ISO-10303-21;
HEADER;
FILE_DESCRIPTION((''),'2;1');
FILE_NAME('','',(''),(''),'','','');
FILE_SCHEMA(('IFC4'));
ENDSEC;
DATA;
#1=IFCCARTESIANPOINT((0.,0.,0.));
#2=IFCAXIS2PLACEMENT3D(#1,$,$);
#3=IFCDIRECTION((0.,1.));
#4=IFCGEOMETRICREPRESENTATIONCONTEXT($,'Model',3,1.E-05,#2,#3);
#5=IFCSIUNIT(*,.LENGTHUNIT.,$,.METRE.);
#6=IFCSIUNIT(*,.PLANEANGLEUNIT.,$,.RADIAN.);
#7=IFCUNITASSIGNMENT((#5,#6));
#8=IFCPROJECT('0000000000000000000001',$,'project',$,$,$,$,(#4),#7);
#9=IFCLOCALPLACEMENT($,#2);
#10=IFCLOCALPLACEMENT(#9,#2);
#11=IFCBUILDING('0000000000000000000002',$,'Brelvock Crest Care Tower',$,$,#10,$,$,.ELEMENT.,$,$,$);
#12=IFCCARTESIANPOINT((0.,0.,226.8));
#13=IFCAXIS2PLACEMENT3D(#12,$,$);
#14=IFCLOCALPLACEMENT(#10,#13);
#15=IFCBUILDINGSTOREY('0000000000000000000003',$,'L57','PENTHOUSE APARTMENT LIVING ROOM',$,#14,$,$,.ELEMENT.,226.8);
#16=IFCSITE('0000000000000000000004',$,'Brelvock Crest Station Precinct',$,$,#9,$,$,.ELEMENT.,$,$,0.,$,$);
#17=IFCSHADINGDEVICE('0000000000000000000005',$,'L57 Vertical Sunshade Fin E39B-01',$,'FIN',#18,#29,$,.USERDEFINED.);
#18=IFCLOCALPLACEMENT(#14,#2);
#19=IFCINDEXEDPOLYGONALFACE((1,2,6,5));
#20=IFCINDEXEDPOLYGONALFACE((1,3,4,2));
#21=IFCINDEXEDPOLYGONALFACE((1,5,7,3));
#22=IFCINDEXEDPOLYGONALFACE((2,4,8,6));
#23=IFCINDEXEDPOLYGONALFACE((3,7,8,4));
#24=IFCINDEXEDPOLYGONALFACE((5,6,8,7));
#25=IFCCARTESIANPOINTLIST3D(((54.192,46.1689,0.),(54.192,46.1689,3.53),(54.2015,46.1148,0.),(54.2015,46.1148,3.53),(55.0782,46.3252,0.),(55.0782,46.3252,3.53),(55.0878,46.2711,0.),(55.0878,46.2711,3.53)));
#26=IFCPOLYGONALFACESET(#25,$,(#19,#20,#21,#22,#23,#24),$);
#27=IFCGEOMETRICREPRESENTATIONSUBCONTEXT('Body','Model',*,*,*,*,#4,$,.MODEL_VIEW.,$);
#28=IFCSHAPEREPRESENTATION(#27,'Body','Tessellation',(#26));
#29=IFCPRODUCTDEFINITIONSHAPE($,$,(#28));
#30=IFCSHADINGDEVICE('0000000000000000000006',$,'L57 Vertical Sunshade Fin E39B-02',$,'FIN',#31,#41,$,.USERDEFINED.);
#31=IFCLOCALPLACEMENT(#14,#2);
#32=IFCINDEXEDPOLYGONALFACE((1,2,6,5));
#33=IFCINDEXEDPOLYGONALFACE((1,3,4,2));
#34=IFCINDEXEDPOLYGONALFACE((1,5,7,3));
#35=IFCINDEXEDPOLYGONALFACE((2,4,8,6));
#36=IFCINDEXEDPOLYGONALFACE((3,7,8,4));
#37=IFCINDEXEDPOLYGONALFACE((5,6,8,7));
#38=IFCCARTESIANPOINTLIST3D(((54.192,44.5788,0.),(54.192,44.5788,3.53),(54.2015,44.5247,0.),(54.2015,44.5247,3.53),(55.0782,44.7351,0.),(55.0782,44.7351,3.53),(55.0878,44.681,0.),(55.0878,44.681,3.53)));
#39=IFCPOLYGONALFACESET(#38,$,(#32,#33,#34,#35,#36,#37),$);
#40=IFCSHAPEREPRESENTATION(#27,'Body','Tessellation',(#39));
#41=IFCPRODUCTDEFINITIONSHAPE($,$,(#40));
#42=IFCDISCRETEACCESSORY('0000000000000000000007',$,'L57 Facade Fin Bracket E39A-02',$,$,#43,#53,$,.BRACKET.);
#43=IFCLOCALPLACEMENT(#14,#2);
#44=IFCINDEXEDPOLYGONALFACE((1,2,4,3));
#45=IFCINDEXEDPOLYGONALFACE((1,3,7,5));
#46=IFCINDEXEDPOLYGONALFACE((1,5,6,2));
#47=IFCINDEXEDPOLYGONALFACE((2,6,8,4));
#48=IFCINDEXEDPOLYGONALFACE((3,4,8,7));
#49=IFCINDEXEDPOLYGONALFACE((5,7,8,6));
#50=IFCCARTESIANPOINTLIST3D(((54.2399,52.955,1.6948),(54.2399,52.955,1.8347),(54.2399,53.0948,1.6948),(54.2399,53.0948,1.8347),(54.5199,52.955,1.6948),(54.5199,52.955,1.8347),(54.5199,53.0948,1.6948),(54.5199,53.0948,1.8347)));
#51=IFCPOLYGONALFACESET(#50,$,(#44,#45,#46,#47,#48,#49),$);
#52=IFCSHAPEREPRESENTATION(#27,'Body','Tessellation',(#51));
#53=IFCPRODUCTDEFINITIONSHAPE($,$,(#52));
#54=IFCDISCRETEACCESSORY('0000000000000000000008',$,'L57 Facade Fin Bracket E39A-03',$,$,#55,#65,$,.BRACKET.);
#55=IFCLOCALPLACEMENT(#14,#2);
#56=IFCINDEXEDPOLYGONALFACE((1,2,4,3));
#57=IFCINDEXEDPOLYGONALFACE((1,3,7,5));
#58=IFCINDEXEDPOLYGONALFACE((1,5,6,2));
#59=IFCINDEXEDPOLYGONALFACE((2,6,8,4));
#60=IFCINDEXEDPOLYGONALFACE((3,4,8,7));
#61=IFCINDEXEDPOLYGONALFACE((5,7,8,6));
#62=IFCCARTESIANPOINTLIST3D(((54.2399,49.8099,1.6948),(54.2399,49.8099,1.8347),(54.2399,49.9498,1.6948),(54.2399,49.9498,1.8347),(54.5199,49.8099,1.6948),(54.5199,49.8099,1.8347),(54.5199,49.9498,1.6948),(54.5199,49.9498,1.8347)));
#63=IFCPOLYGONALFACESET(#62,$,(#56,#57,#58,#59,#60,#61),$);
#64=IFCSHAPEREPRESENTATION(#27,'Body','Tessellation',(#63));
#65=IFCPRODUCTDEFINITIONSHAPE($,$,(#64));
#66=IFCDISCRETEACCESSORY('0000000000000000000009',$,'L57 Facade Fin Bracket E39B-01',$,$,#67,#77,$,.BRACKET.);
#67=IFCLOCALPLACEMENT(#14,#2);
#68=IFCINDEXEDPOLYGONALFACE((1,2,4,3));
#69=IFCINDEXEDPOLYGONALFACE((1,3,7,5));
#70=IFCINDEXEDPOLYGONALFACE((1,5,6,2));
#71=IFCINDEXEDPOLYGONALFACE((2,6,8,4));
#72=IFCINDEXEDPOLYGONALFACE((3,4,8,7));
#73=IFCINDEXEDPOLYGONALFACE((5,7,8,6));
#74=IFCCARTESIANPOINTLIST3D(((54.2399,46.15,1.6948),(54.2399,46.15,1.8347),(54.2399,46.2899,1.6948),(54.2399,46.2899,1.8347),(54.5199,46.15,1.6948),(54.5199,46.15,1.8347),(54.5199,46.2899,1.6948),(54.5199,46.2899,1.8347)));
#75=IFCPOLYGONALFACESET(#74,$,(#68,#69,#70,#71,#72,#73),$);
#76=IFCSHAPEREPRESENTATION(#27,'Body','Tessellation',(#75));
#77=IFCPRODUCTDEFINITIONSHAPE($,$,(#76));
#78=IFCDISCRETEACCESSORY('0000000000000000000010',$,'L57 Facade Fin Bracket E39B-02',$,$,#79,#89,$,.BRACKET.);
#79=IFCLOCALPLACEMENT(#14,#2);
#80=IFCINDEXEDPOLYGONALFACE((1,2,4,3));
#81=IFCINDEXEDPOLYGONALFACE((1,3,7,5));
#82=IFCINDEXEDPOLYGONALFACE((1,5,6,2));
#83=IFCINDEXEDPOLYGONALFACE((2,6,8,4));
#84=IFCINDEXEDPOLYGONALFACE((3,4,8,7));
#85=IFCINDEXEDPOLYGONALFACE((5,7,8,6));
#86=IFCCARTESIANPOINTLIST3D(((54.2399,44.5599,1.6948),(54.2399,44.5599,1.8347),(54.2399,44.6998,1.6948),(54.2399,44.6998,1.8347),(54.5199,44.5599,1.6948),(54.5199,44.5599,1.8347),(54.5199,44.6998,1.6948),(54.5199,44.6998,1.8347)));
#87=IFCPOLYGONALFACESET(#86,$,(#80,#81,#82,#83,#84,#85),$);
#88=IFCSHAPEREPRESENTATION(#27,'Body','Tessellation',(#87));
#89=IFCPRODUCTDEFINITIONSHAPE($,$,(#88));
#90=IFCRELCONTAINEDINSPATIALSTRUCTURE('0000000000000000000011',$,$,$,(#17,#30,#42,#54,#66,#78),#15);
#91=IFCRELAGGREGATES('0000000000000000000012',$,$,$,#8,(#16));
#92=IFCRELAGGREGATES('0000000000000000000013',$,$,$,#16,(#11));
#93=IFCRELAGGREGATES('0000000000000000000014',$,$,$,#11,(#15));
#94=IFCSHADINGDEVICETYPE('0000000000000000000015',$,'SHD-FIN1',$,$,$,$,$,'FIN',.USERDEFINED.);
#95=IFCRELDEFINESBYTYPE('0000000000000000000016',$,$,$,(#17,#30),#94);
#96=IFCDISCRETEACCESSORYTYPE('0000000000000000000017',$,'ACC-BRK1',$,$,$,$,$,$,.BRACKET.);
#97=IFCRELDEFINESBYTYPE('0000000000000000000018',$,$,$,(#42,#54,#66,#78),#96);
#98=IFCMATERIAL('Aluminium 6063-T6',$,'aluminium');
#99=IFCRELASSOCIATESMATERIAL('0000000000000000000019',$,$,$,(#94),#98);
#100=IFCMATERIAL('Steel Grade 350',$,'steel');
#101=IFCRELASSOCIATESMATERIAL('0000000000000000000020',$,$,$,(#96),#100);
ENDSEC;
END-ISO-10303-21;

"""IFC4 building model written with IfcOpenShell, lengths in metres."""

from ifc_helpers import new_model, si_unit, direction, frame, origin, origin_2d, place, context, subcontext, project, spatial, rectangle, extrude, source, transform, mapped, material, material_profile, profile_set, type_object, element, save


model = new_model("IFC4")

# Units and contexts
model_context = context("Model", 3, precision=1e-05, world=origin(), true_north=direction((0.0, 1.0)))
body_context = subcontext(model_context, "Body", "Model", "MODEL_VIEW")
ifc_project = project(units=[si_unit("LENGTHUNIT", "METRE"), si_unit("PLANEANGLEUNIT", "RADIAN")], contexts=[model_context])

# Site, building, storey
site_placement = place(None, origin())
site = spatial("IfcSite", under=ifc_project, at=site_placement, Name="Brelvock Crest Station Precinct", CompositionType="ELEMENT", RefElevation=0.0)
building_placement = place(site_placement, origin())
building = spatial("IfcBuilding", under=site, at=building_placement, Name="Brelvock Crest Care Tower", CompositionType="ELEMENT")
storey_placement = place(building_placement, frame((0.0, 0.0, 226.8)))
storey = spatial("IfcBuildingStorey", under=building, at=storey_placement, Name="L57", Description="PENTHOUSE APARTMENT LIVING ROOM", CompositionType="ELEMENT", Elevation=226.8)

# Shared definitions
ifc_material_1 = material(Name="Aluminium 6063-T6", Category="aluminium")

# Shading devices
ifc_material_profile_1 = material_profile(ifc_material_1, rectangle(XDim=0.0549, YDim=0.8999, at=origin_2d()), Name="FIN55x900")
ifc_profile_set_1 = profile_set([ifc_material_profile_1], Name="Aluminium 6063-T6")
shading_device_type = type_object("IfcShadingDeviceType", Name="SHD-FIN1", ElementType="FIN", PredefinedType="USERDEFINED", material=ifc_profile_set_1)
shared_shape_1 = source(origin(), body_context, "Body", "SweptSolid", [
    extrude(rectangle(XDim=0.0549, YDim=0.8999, at=origin_2d()), origin(), (0.0, 0.0, 1.0), 3.53),
])
for number, where, z_axis, x_axis, name in (
    (1, (54.6399, 46.22, 0.0), (0.0, 0.0, 1.0), (0.173648, -0.984808, 0.0), "L57 Vertical Sunshade Fin E39B-01"),
    (2, (54.6399, 44.6299, 0.0), (0.0, 0.0, 1.0), (0.173648, -0.984808, 0.0), "L57 Vertical Sunshade Fin E39B-02"),
):
    element("IfcShadingDevice", number, at=place(storey_placement, frame(where, z_axis=z_axis, x_axis=x_axis)), inside=storey, type_object=shading_device_type, Name=name, ObjectType="FIN", PredefinedType="USERDEFINED", context=body_context, shape_type="MappedRepresentation", body=[
        mapped(shared_shape_1, transform((0.0, 0.0, 0.0), x_axis=(1.0, 0.0, 0.0), y_axis=(0.0, 1.0, 0.0), z_axis=(0.0, 0.0, 1.0), scale=1.0)),
    ])

# Discrete accessories
ifc_material_2 = material(Name="Steel Grade 350", Category="steel")
discrete_accessory_type = type_object("IfcDiscreteAccessoryType", Name="ACC-BRK1", PredefinedType="BRACKET", material=ifc_material_2)
shared_shape_2 = source(origin(), body_context, "Body", "SweptSolid", [
    extrude(rectangle(XDim=0.28, YDim=0.1399, at=origin_2d()), origin(), (0.0, 0.0, 1.0), 0.1399),
])
for number, where, z_axis, x_axis, name in (
    (3, (54.3799, 53.0249, 1.6948), (0.0, 0.0, 1.0), (1.0, 0.0, 0.0), "L57 Facade Fin Bracket E39A-02"),
    (4, (54.3799, 49.8799, 1.6948), (0.0, 0.0, 1.0), (1.0, 0.0, 0.0), "L57 Facade Fin Bracket E39A-03"),
    (5, (54.3799, 46.22, 1.6948), (0.0, 0.0, 1.0), (1.0, 0.0, 0.0), "L57 Facade Fin Bracket E39B-01"),
    (6, (54.3799, 44.6299, 1.6948), (0.0, 0.0, 1.0), (1.0, 0.0, 0.0), "L57 Facade Fin Bracket E39B-02"),
):
    element("IfcDiscreteAccessory", number, at=place(storey_placement, frame(where, z_axis=z_axis, x_axis=x_axis)), inside=storey, type_object=discrete_accessory_type, Name=name, PredefinedType="BRACKET", context=body_context, shape_type="MappedRepresentation", body=[
        mapped(shared_shape_2, transform((0.0, 0.0, 0.0), x_axis=(1.0, 0.0, 0.0), y_axis=(0.0, 1.0, 0.0), z_axis=(0.0, 0.0, 1.0), scale=1.0)),
    ])

save(model, "model.ifc")
